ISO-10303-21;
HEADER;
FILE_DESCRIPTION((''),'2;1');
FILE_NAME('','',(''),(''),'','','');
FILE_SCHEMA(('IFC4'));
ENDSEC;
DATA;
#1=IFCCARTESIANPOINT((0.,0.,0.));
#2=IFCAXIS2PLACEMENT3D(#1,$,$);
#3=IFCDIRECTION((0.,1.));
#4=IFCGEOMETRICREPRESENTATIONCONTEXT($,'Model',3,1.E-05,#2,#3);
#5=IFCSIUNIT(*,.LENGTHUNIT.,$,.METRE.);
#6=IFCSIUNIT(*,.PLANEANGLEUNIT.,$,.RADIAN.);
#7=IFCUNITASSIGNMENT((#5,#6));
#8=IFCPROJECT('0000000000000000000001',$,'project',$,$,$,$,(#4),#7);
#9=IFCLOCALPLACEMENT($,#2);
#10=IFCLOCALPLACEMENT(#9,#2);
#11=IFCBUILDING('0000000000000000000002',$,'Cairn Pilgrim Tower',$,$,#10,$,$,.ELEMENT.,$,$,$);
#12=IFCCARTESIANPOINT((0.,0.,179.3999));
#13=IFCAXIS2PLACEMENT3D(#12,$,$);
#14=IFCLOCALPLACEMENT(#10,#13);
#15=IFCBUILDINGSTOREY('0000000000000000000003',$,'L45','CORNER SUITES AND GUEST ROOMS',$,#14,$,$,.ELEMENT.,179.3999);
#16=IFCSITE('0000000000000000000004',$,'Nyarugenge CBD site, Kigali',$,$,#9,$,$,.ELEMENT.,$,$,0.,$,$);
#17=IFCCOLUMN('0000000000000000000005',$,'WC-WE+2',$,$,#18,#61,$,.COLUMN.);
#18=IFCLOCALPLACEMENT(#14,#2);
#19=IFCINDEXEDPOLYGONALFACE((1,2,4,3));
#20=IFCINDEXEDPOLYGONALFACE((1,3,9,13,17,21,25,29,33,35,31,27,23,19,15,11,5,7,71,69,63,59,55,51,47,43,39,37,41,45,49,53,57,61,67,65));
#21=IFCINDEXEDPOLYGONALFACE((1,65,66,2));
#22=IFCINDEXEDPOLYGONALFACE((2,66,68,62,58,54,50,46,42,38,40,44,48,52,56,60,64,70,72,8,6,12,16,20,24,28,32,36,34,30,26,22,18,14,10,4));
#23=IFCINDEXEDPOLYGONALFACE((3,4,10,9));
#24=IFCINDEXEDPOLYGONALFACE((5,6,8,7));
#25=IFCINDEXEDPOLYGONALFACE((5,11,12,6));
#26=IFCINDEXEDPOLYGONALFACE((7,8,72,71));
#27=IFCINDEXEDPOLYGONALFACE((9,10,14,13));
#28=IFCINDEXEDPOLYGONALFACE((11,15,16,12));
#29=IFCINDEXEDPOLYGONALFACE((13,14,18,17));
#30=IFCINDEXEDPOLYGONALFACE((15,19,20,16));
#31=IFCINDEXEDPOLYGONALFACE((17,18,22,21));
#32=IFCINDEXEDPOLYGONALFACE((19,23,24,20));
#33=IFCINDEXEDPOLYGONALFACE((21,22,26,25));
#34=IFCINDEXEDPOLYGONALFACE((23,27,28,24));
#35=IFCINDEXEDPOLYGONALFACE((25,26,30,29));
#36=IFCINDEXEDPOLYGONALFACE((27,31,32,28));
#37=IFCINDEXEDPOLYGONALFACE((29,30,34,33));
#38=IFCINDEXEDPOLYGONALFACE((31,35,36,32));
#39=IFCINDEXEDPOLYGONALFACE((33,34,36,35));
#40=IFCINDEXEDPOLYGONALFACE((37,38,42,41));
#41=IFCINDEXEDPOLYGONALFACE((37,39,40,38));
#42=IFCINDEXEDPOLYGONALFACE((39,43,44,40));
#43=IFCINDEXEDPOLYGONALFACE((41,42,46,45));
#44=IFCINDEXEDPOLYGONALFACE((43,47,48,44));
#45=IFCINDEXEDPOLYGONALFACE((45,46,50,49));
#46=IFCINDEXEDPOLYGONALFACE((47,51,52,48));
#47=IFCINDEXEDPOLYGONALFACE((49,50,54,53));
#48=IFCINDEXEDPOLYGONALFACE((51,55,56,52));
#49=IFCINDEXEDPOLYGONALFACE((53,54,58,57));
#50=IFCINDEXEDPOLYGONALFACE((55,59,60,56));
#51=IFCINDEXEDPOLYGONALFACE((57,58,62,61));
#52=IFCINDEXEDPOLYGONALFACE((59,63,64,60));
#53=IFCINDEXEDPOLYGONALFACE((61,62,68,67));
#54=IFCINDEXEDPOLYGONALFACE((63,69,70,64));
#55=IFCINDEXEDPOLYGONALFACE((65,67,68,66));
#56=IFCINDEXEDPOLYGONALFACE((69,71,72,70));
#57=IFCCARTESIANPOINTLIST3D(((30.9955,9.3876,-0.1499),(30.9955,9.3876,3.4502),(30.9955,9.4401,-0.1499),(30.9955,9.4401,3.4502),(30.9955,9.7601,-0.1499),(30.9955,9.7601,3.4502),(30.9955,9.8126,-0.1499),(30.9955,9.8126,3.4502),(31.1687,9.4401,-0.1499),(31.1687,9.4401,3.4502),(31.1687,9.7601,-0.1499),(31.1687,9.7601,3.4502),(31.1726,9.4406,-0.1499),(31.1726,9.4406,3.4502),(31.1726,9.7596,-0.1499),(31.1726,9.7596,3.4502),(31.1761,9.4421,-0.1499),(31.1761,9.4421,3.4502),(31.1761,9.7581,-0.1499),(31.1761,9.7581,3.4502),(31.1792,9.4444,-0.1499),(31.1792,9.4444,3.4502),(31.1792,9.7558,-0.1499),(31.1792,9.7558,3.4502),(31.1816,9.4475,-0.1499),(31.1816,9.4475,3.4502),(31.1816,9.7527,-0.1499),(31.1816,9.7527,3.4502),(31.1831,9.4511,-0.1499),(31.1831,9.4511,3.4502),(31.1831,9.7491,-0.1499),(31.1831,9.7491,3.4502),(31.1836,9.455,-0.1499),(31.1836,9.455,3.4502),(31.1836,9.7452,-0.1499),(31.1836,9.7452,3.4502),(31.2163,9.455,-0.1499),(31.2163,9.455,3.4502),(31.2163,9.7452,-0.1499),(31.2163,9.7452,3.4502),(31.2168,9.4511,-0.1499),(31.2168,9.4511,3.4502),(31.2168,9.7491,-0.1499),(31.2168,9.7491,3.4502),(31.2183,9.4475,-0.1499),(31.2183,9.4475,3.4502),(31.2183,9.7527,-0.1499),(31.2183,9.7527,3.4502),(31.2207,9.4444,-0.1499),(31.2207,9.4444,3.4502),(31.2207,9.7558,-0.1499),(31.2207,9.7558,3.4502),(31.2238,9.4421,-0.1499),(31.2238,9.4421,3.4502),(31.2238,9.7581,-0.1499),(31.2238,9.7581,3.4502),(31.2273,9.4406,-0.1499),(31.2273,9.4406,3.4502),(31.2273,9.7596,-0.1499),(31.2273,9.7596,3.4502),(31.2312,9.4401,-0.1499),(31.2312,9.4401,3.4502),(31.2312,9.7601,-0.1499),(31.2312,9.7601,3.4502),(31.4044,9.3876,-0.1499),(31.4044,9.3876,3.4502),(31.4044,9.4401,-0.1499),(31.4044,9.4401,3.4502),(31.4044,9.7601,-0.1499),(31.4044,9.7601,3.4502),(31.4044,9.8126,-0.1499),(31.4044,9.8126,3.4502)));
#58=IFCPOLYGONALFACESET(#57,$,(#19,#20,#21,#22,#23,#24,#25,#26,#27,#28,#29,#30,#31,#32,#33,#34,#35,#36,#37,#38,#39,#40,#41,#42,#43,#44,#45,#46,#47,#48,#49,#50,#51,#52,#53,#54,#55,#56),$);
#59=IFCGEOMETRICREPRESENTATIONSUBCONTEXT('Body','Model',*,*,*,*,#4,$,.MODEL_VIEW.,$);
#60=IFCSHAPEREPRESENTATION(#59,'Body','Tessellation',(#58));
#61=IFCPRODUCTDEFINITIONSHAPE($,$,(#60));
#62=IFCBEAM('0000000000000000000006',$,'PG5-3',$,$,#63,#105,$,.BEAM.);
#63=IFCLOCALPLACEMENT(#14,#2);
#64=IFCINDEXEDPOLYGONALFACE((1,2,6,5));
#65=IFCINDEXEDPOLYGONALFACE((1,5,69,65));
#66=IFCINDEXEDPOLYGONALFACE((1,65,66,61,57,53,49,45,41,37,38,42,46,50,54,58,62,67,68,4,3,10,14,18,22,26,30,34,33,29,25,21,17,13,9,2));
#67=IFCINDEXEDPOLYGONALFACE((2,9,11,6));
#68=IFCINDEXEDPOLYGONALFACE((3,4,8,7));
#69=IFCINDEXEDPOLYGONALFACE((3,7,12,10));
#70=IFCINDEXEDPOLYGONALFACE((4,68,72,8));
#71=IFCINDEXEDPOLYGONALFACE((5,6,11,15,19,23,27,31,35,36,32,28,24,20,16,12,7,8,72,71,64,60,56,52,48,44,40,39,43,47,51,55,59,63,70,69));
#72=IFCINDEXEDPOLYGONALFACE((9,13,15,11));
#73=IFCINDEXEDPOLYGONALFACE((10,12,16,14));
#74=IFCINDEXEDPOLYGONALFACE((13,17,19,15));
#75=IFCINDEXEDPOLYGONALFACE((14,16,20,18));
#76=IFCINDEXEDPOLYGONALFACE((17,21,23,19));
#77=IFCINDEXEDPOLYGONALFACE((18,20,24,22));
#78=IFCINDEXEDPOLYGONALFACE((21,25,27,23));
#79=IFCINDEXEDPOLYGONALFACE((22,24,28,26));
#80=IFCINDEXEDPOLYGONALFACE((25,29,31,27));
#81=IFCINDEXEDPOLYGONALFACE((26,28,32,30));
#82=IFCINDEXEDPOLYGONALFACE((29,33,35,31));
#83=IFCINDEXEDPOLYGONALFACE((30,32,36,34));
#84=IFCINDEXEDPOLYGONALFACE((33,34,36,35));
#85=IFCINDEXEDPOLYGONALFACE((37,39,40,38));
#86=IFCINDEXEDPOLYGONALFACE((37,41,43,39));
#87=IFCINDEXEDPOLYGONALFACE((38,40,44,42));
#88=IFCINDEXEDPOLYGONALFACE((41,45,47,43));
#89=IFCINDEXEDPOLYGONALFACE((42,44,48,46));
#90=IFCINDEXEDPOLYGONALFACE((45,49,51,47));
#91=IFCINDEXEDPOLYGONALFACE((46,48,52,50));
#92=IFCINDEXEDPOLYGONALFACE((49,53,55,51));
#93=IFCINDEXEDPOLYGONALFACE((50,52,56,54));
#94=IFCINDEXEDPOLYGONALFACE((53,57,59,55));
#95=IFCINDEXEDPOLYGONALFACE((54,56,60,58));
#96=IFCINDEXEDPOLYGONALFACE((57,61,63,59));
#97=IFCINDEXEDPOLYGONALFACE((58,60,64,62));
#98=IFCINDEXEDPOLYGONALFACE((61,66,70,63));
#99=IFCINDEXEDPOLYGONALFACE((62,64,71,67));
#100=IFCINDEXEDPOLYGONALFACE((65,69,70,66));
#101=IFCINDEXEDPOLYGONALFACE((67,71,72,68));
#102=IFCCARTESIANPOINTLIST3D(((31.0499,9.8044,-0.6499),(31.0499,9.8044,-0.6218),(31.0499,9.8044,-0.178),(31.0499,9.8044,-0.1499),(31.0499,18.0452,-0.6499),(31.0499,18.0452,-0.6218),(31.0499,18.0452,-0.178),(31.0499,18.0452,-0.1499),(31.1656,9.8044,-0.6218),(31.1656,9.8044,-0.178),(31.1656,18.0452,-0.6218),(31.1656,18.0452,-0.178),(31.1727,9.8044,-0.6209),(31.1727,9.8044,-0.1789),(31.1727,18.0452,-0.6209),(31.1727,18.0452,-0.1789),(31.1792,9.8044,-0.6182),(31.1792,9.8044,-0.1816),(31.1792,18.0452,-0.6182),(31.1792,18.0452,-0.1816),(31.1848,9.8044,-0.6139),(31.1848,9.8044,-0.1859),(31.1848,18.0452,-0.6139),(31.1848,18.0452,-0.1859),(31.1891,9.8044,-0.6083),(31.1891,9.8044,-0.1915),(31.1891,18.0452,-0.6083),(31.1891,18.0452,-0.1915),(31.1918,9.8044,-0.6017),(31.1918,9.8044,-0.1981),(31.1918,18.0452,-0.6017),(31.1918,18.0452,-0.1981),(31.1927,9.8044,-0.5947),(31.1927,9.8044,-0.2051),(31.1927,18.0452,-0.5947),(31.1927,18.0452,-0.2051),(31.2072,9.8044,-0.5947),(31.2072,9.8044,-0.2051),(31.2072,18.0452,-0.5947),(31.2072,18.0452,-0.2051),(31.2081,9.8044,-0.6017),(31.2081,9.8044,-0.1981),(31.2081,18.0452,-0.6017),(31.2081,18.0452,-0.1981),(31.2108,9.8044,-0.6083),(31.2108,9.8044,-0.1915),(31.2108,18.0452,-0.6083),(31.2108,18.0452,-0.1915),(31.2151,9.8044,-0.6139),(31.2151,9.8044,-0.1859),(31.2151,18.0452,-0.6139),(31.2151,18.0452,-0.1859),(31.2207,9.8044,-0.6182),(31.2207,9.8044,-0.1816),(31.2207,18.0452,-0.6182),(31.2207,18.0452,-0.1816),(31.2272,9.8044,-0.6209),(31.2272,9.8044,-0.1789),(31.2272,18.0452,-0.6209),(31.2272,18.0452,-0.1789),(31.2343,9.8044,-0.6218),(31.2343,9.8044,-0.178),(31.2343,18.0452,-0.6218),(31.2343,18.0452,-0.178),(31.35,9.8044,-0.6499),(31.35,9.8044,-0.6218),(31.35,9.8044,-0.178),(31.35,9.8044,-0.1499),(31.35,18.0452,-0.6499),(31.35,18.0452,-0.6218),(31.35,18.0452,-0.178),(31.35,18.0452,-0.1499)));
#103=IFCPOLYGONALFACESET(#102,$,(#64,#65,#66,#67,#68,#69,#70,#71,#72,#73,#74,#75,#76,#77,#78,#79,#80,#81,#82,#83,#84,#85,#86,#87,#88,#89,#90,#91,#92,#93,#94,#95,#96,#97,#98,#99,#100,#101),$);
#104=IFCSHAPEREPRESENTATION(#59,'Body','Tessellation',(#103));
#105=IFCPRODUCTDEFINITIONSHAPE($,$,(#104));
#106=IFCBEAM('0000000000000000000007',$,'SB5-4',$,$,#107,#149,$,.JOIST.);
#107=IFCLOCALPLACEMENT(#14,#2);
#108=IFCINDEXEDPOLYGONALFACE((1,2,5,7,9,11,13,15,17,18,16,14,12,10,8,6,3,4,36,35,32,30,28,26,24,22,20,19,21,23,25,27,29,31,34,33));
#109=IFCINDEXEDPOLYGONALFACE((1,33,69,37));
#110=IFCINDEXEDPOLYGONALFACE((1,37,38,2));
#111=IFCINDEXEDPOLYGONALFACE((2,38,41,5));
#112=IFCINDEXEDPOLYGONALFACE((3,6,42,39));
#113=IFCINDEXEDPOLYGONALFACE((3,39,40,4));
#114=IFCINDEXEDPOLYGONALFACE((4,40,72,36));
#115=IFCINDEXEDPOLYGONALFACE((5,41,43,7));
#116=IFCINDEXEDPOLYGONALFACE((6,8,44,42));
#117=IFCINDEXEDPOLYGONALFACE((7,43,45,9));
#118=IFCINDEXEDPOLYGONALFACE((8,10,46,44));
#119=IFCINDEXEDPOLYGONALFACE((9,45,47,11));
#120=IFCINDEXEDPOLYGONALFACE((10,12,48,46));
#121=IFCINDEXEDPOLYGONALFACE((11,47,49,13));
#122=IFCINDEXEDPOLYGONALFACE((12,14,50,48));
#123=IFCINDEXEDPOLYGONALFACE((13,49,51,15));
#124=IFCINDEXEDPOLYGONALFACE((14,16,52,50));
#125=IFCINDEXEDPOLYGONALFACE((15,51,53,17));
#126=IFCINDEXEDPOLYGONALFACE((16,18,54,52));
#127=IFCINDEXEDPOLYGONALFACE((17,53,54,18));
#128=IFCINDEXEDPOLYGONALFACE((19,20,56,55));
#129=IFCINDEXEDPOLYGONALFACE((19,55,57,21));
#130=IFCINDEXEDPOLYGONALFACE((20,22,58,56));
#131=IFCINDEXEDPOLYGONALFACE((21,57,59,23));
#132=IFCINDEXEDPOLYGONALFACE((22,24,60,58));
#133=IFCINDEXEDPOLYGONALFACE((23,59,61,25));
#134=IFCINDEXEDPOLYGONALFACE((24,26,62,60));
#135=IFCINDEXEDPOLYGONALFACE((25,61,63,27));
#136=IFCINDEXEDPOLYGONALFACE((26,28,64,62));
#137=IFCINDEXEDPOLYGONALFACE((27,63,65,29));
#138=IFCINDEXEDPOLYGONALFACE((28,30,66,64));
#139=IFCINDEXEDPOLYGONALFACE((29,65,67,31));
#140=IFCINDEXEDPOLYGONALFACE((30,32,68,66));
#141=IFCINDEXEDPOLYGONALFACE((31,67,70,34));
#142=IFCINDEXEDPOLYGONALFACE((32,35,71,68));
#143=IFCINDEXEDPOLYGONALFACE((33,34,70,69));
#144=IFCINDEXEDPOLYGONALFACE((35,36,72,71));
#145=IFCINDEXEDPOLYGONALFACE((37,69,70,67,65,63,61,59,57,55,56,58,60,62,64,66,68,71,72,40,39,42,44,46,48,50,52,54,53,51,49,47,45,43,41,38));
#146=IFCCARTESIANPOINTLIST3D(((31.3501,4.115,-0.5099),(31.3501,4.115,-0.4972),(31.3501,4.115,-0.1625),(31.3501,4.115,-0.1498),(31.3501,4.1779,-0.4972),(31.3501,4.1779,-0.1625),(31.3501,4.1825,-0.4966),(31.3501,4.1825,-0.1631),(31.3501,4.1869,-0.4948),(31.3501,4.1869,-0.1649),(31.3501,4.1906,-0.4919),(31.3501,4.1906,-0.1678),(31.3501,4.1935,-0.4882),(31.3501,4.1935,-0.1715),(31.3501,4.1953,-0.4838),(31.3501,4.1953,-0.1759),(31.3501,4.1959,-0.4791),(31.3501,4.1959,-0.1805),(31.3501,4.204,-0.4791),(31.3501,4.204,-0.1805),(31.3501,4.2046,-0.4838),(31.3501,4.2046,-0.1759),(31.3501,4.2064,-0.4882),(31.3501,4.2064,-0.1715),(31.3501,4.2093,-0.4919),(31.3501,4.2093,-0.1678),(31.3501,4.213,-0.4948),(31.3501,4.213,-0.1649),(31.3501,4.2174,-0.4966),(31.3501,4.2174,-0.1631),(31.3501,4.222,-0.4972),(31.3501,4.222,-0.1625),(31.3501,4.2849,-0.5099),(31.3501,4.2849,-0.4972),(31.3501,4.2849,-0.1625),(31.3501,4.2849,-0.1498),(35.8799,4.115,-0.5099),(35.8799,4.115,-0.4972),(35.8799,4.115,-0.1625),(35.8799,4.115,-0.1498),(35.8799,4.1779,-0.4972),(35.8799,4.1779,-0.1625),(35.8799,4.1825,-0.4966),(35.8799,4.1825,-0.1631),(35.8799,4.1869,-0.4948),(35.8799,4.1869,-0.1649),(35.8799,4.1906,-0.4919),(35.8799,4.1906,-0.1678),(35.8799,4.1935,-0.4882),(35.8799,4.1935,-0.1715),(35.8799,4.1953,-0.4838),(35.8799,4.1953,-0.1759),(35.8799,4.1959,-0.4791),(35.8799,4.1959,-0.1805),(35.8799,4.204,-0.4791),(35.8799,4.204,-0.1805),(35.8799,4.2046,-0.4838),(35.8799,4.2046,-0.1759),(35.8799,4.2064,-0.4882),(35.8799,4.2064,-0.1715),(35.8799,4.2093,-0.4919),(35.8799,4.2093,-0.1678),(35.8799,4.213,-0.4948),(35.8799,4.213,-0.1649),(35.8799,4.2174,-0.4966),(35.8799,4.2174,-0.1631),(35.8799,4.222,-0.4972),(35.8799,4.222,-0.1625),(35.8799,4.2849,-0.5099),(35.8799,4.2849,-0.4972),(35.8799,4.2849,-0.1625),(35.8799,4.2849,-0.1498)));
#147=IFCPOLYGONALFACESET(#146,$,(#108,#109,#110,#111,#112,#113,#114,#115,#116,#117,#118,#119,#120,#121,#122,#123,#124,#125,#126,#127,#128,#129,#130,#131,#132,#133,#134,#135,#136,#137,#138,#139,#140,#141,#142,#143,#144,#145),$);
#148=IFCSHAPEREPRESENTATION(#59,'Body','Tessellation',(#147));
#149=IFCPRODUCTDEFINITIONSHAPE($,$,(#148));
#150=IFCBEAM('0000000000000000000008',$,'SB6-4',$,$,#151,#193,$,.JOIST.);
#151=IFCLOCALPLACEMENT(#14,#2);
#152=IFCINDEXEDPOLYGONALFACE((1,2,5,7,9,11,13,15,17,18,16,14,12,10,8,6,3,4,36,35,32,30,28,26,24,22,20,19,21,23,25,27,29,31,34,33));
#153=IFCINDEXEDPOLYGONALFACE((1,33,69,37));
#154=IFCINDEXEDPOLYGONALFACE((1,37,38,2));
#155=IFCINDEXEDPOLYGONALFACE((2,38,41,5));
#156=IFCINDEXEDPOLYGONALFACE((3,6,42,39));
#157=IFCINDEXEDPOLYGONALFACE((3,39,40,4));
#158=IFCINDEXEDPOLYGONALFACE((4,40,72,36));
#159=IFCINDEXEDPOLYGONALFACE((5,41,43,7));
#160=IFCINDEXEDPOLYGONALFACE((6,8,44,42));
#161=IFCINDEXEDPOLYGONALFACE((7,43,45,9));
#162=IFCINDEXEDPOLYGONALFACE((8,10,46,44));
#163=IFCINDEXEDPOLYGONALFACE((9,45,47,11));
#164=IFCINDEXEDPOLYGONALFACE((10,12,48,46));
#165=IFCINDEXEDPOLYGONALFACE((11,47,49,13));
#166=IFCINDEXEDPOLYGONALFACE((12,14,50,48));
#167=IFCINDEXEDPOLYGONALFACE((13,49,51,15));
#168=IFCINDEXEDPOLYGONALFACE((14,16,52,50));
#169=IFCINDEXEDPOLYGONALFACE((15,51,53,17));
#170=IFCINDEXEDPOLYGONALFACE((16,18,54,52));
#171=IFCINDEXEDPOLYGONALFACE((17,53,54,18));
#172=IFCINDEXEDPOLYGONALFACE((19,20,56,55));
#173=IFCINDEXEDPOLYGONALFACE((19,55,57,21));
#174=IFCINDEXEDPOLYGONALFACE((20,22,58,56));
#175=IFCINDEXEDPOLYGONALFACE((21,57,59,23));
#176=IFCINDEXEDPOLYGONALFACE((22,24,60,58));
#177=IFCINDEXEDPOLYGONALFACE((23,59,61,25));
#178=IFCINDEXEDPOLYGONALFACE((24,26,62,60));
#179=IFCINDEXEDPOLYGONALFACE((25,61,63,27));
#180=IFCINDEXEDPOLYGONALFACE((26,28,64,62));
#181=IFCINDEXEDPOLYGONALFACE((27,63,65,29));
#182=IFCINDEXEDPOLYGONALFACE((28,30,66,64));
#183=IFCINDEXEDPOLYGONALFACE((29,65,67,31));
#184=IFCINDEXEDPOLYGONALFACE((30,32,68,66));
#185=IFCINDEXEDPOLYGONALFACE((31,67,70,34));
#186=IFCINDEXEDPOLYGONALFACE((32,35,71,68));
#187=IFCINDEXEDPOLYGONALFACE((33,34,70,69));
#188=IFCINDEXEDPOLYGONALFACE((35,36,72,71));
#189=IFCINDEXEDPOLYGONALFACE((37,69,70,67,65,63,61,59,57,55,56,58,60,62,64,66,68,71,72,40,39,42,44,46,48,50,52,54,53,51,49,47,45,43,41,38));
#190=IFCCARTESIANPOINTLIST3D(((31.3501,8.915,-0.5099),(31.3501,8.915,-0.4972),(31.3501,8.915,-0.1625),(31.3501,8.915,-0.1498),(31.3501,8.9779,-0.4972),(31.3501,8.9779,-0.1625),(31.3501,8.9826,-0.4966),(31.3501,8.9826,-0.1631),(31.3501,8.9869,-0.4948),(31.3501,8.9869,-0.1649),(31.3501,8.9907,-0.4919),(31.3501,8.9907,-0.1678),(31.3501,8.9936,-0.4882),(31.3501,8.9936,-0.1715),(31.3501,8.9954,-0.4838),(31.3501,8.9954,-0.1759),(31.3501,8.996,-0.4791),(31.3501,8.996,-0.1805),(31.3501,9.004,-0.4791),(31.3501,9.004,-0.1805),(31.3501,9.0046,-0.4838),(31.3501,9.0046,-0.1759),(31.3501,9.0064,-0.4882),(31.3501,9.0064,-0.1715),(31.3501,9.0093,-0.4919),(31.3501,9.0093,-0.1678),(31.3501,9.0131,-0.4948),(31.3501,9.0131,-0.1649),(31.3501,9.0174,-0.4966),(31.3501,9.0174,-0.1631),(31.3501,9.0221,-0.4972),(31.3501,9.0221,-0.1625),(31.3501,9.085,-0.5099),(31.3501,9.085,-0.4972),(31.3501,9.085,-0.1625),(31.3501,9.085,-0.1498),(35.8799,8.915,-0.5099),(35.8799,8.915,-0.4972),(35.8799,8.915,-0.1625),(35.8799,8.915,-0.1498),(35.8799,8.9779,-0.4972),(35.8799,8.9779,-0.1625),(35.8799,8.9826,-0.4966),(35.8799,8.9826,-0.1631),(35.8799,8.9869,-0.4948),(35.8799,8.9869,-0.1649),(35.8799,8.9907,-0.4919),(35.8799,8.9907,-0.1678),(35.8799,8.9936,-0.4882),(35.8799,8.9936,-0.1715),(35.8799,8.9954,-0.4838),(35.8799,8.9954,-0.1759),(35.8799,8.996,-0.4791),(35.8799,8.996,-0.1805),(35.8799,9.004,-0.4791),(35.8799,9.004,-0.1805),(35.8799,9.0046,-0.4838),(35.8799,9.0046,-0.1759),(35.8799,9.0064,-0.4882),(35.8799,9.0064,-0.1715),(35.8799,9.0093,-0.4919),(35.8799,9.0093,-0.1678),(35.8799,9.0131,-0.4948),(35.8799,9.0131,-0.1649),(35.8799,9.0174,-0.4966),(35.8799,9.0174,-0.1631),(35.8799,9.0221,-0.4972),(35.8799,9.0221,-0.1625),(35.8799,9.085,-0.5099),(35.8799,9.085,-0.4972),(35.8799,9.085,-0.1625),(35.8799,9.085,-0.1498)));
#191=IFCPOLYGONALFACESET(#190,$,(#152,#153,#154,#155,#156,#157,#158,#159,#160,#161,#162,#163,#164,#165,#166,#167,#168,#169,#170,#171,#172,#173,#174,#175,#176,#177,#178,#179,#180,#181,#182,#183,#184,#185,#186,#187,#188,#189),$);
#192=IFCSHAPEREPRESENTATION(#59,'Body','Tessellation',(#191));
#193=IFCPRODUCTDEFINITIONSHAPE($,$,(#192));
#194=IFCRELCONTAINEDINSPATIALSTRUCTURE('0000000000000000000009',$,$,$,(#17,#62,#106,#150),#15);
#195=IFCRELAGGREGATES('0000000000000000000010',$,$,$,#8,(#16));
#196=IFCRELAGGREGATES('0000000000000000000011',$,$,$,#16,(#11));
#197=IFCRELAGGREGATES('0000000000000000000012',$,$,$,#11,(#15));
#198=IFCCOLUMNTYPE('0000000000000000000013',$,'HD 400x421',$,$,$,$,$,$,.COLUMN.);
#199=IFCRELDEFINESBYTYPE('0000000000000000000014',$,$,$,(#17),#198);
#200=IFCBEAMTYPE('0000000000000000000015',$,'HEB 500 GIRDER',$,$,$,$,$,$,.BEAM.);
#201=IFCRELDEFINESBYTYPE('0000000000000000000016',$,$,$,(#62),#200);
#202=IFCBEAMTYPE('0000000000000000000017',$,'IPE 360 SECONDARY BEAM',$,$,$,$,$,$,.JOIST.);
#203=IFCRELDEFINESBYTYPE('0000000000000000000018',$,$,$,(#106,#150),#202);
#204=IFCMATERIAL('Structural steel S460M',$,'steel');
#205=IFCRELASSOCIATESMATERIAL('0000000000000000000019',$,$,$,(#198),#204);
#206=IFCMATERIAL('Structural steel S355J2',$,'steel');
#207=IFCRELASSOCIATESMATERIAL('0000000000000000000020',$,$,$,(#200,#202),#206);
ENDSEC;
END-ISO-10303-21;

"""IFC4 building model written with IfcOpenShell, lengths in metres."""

from ifc_helpers import new_model, si_unit, direction, frame, origin, origin_2d, place, context, subcontext, project, spatial, i_section, extrude, material, material_profile, profile_set, type_object, element, save


model = new_model("IFC4")

# Units and contexts
model_context = context("Model", 3, precision=1e-05, world=origin(), true_north=direction((0.0, 1.0)))
body_context = subcontext(model_context, "Body", "Model", "MODEL_VIEW")
ifc_project = project(units=[si_unit("LENGTHUNIT", "METRE"), si_unit("PLANEANGLEUNIT", "RADIAN")], contexts=[model_context])

# Site, building, storey
site_placement = place(None, origin())
site = spatial("IfcSite", under=ifc_project, at=site_placement, Name="Nyarugenge CBD site, Kigali", CompositionType="ELEMENT", RefElevation=0.0)
building_placement = place(site_placement, origin())
building = spatial("IfcBuilding", under=site, at=building_placement, Name="Cairn Pilgrim Tower", CompositionType="ELEMENT")
storey_placement = place(building_placement, frame((0.0, 0.0, 179.3999)))
storey = spatial("IfcBuildingStorey", under=building, at=storey_placement, Name="L45", Description="CORNER SUITES AND GUEST ROOMS", CompositionType="ELEMENT", Elevation=179.3999)

# Column
ifc_material_1 = material(Name="Structural steel S460M", Category="steel")
ifc_material_profile_1 = material_profile(ifc_material_1, i_section(OverallWidth=0.4089, OverallDepth=0.425, WebThickness=0.0327, FlangeThickness=0.0525, FilletRadius=0.0149, at=origin_2d()), Name="HD 400x421")
ifc_profile_set_1 = profile_set([ifc_material_profile_1], Name="Structural steel S460M")
column_type = type_object("IfcColumnType", Name="HD 400x421", PredefinedType="COLUMN", material=ifc_profile_set_1)
column_placement = place(storey_placement, frame((31.2, 9.6001, -0.1499), z_axis=(0.0, 0.0, 1.0), x_axis=(1.0, 0.0, 0.0)))
element("IfcColumn", 1, at=column_placement, inside=storey, type_object=column_type, Name="WC-WE+2", PredefinedType="COLUMN", context=body_context, shape_type="SweptSolid", body=[
    extrude(i_section(OverallWidth=0.4089, OverallDepth=0.425, WebThickness=0.0327, FlangeThickness=0.0525, FilletRadius=0.0149, at=origin_2d()), origin(), (0.0, 0.0, 1.0), 3.6001),
])

# Beams
ifc_material_2 = material(Name="Structural steel S355J2", Category="steel")
ifc_material_profile_2 = material_profile(ifc_material_2, i_section(OverallWidth=0.3, OverallDepth=0.5, WebThickness=0.0144, FlangeThickness=0.0281, FilletRadius=0.0271, at=origin_2d()), Name="HEB 500")
ifc_profile_set_2 = profile_set([ifc_material_profile_2], Name="Structural steel S355J2")
beam_type_1 = type_object("IfcBeamType", Name="HEB 500 GIRDER", PredefinedType="BEAM", material=ifc_profile_set_2)
beam_placement = place(storey_placement, frame((31.2, 9.8044, -0.3999), z_axis=(0.0, 1.0, 0.0), x_axis=(-1.0, 0.0, 0.0)))
element("IfcBeam", 2, at=beam_placement, inside=storey, type_object=beam_type_1, Name="PG5-3", PredefinedType="BEAM", context=body_context, shape_type="SweptSolid", body=[
    extrude(i_section(OverallWidth=0.3, OverallDepth=0.5, WebThickness=0.0144, FlangeThickness=0.0281, FilletRadius=0.0271, at=origin_2d()), origin(), (0.0, 0.0, 1.0), 8.2407),
])
ifc_material_profile_3 = material_profile(ifc_material_2, i_section(OverallWidth=0.1699, OverallDepth=0.3601, WebThickness=0.0081, FlangeThickness=0.0127, FilletRadius=0.0181, at=origin_2d()), Name="IPE 360")
ifc_profile_set_3 = profile_set([ifc_material_profile_3], Name="Structural steel S355J2")
beam_type_2 = type_object("IfcBeamType", Name="IPE 360 SECONDARY BEAM", PredefinedType="JOIST", material=ifc_profile_set_3)
for number, where, z_axis, x_axis, name in (
    (3, (31.3501, 4.2, -0.3298), (1.0, 0.0, 0.0), (0.0, 1.0, 0.0), "SB5-4"),
    (4, (31.3501, 9.0, -0.3298), (1.0, 0.0, 0.0), (0.0, 1.0, 0.0), "SB6-4"),
):
    element("IfcBeam", number, at=place(storey_placement, frame(where, z_axis=z_axis, x_axis=x_axis)), inside=storey, type_object=beam_type_2, Name=name, PredefinedType="JOIST", context=body_context, shape_type="SweptSolid", body=[
        extrude(i_section(OverallWidth=0.1699, OverallDepth=0.3601, WebThickness=0.0081, FlangeThickness=0.0127, FilletRadius=0.0181, at=origin_2d()), origin(), (0.0, 0.0, 1.0), 4.5298),
    ])

save(model, "model.ifc")
